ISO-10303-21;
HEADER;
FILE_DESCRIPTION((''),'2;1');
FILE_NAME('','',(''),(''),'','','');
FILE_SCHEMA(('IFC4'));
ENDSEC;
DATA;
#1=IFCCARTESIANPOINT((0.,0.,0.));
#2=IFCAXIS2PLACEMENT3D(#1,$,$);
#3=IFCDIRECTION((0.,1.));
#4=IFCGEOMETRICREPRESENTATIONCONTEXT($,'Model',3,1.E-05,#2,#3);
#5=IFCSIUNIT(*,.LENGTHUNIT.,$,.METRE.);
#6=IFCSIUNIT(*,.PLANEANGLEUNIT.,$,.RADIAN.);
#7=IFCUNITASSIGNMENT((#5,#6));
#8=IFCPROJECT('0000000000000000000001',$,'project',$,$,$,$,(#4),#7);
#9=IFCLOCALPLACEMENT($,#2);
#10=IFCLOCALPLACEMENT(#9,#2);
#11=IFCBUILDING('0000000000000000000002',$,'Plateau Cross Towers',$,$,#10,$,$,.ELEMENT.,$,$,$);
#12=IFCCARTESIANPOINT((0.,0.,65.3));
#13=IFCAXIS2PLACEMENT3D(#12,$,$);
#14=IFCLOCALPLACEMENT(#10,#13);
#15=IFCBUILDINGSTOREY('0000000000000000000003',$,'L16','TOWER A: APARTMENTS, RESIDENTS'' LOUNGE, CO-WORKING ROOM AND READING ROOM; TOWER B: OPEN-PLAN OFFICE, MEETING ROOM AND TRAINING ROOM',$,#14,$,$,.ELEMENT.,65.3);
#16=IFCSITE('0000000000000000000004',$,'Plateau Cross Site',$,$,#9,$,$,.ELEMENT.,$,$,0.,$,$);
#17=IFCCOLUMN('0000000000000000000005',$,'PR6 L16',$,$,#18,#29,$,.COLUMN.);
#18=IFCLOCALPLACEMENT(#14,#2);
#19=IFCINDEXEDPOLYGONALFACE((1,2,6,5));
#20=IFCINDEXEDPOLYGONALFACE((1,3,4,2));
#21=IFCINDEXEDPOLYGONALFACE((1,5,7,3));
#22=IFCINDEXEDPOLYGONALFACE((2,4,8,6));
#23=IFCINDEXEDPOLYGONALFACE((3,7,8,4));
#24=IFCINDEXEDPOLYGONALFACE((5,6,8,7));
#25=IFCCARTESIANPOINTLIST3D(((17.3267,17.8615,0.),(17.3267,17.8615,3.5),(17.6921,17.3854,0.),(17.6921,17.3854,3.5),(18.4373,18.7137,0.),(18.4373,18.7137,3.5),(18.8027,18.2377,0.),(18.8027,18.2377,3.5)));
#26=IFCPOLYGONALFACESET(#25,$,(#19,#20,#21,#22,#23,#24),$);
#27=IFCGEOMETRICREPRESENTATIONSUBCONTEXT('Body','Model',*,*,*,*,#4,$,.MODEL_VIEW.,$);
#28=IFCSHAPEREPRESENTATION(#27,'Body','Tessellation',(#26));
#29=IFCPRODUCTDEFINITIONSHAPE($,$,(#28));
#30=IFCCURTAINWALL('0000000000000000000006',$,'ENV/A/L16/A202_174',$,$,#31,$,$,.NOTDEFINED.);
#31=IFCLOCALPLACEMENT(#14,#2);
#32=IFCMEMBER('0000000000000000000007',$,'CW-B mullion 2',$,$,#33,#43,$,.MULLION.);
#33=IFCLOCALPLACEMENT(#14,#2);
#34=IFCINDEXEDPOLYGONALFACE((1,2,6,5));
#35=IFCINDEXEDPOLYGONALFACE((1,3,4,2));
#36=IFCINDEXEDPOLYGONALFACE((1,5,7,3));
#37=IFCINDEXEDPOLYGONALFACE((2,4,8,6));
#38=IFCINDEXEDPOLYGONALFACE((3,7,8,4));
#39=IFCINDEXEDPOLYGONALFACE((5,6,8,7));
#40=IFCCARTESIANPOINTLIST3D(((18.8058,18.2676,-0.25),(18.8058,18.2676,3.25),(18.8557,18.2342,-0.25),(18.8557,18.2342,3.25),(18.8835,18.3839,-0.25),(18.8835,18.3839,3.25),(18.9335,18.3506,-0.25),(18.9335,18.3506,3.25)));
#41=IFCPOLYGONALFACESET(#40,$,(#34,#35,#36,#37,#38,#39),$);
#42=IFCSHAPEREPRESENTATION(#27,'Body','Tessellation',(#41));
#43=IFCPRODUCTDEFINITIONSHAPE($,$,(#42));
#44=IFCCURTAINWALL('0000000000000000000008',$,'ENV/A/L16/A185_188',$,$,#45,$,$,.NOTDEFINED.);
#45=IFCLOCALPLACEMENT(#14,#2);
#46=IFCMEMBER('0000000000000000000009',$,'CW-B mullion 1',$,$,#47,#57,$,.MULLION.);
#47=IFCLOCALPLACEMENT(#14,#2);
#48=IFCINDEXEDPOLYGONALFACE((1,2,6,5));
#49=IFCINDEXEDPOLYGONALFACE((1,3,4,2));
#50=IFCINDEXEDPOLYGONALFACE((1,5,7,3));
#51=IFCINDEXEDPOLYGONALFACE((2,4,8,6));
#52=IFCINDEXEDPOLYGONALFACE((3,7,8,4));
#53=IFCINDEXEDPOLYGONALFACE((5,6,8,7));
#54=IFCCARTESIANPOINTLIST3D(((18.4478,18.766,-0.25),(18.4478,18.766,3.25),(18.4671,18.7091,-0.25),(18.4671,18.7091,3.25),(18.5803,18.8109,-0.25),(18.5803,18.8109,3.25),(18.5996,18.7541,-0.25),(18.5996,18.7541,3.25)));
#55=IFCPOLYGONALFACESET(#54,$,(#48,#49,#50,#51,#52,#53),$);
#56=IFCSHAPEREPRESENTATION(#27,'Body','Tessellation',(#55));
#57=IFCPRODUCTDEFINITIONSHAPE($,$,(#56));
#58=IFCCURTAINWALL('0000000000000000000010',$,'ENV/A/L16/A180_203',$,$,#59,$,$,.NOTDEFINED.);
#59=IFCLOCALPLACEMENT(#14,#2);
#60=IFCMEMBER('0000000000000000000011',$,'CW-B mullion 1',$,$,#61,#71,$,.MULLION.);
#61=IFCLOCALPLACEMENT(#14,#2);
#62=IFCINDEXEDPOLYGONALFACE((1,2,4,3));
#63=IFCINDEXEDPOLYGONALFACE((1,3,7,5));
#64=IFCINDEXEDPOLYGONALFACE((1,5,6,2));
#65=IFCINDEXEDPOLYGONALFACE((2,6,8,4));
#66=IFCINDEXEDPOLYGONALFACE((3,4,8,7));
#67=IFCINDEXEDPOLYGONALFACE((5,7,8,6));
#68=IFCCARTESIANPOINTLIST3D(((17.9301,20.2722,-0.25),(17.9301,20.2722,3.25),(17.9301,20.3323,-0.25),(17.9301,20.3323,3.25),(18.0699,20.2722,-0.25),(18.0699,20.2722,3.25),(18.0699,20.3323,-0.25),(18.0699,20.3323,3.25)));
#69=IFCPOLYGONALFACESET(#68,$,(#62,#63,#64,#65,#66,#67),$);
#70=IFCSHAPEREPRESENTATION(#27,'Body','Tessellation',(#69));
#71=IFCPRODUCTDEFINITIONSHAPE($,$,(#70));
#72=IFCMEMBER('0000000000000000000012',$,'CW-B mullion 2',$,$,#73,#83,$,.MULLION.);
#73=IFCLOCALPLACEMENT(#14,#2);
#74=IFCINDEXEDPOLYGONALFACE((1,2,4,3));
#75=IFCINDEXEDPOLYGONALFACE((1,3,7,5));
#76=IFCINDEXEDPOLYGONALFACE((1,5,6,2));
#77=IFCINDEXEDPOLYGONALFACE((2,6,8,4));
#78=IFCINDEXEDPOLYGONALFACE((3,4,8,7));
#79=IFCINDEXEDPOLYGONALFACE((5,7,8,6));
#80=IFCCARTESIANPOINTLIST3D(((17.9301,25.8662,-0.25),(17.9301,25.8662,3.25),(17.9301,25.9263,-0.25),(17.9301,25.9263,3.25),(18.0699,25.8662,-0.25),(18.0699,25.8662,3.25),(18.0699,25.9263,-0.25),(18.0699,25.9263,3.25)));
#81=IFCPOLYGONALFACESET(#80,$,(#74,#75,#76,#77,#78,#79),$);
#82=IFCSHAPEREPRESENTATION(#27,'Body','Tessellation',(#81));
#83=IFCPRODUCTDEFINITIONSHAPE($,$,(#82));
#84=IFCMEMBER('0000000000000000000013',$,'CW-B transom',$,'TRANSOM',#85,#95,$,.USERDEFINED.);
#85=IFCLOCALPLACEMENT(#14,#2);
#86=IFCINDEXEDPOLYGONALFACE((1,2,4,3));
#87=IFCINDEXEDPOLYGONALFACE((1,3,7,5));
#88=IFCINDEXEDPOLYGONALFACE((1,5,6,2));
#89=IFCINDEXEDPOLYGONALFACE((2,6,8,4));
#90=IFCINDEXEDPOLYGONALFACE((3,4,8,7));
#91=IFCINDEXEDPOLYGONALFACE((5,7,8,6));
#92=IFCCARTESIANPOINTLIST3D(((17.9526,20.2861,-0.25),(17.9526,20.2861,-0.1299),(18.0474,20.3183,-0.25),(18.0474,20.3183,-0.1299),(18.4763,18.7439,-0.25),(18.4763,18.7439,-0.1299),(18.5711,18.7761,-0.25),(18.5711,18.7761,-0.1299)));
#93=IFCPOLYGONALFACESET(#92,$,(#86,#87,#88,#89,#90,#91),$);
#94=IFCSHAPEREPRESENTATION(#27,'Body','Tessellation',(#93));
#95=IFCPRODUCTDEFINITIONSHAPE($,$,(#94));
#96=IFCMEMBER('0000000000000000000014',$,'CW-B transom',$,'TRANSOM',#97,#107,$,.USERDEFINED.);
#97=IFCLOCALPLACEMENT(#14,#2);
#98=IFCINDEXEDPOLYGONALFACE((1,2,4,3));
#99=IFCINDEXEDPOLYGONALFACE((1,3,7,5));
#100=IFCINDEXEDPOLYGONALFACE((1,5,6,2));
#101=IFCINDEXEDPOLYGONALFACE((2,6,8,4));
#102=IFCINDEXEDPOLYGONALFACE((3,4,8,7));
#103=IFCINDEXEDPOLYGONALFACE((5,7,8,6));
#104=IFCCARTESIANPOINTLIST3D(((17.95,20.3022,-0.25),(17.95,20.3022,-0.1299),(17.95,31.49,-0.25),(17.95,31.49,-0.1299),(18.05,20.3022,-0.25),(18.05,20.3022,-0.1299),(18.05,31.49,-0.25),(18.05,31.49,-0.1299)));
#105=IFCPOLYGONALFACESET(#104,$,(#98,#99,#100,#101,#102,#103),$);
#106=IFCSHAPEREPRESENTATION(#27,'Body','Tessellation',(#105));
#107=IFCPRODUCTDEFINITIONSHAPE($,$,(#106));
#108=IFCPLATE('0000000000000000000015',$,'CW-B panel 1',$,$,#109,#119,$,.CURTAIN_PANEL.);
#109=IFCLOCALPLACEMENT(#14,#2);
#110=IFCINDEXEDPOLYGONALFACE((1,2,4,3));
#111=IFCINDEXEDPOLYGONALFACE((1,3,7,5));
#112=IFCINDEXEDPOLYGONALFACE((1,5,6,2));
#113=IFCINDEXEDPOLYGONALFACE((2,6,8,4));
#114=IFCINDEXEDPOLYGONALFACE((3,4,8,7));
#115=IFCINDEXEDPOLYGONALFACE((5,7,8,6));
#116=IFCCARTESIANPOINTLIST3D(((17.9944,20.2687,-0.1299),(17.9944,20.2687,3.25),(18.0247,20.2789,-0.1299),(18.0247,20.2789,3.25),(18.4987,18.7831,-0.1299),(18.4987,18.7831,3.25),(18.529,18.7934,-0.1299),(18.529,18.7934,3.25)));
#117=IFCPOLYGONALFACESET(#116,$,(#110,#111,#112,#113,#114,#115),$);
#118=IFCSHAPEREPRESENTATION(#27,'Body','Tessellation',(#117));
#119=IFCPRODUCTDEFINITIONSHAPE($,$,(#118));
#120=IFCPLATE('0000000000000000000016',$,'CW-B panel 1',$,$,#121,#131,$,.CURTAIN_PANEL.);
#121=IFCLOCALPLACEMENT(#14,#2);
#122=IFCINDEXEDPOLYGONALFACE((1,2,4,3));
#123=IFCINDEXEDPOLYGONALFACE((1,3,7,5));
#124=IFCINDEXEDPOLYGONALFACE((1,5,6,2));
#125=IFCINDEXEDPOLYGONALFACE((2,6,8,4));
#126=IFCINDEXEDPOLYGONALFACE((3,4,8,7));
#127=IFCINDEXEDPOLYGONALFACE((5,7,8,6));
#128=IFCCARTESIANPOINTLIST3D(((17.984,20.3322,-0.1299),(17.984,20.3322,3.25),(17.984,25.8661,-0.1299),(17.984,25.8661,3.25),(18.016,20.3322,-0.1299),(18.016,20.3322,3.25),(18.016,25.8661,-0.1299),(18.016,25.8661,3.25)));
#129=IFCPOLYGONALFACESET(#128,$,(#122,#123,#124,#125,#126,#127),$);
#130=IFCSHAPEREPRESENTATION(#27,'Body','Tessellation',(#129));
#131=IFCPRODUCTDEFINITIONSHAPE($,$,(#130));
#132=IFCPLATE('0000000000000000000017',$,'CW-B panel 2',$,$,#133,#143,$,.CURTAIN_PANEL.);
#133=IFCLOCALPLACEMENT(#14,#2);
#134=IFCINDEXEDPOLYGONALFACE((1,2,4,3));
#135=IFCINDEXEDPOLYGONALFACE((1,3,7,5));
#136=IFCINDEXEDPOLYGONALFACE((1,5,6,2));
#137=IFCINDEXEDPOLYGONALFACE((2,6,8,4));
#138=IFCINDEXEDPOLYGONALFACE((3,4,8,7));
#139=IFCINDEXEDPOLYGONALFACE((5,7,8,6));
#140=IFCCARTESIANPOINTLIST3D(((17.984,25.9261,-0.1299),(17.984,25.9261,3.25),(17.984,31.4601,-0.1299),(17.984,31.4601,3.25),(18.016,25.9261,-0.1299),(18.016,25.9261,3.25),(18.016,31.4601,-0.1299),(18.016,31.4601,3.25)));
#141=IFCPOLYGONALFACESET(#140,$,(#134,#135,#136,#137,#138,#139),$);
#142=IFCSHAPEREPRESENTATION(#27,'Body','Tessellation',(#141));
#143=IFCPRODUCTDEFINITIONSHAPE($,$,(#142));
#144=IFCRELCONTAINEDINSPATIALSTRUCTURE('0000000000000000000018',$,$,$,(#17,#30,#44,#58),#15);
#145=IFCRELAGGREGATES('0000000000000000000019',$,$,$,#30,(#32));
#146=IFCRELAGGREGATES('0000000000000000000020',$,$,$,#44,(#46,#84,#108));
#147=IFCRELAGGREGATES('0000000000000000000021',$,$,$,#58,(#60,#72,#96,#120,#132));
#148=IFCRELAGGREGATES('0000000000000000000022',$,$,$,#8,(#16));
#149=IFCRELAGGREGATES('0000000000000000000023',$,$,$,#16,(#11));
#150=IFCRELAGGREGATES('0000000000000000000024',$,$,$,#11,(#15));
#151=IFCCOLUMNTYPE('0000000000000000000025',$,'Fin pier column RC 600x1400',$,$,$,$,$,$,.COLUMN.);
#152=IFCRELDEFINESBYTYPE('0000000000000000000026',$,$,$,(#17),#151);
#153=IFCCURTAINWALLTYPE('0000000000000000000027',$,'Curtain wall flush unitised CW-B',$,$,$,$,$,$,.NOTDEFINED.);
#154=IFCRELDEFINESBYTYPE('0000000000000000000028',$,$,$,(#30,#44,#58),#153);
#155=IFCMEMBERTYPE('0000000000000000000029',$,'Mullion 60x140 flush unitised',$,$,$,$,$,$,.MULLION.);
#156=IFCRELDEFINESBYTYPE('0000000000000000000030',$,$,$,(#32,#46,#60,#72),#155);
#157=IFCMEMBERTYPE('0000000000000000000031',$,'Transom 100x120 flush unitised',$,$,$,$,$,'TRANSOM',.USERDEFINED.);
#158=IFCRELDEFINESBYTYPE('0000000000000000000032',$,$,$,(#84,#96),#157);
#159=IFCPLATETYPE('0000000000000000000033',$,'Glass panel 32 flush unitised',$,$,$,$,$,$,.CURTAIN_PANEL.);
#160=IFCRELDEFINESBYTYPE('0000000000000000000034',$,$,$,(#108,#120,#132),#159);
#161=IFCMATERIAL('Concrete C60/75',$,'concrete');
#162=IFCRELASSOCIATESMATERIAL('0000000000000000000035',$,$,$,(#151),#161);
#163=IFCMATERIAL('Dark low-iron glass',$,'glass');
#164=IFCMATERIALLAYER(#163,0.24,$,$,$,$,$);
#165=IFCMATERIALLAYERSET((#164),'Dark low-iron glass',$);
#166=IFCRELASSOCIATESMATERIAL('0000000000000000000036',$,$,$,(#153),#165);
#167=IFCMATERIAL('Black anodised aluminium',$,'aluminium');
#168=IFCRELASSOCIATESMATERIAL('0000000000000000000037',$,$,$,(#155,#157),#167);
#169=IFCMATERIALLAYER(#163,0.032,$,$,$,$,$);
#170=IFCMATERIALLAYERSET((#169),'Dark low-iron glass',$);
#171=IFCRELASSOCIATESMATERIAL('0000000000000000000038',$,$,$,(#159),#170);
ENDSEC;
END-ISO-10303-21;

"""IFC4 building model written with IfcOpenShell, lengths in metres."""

from ifc_helpers import new_model, si_unit, direction, frame, origin, origin_2d, place, context, subcontext, project, spatial, rectangle, extrude, material, layer, layer_set, material_profile, profile_set, type_object, element, aggregate, save


model = new_model("IFC4")

# Units and contexts
model_context = context("Model", 3, precision=1e-05, world=origin(), true_north=direction((0.0, 1.0)))
body_context = subcontext(model_context, "Body", "Model", "MODEL_VIEW")
ifc_project = project(units=[si_unit("LENGTHUNIT", "METRE"), si_unit("PLANEANGLEUNIT", "RADIAN")], contexts=[model_context])

# Site, building, storey
site_placement = place(None, origin())
site = spatial("IfcSite", under=ifc_project, at=site_placement, Name="Plateau Cross Site", CompositionType="ELEMENT", RefElevation=0.0)
building_placement = place(site_placement, origin())
building = spatial("IfcBuilding", under=site, at=building_placement, Name="Plateau Cross Towers", CompositionType="ELEMENT")
storey_placement = place(building_placement, frame((0.0, 0.0, 65.3)))
storey = spatial("IfcBuildingStorey", under=building, at=storey_placement, Name="L16", Description="TOWER A: APARTMENTS, RESIDENTS' LOUNGE, CO-WORKING ROOM AND READING ROOM; TOWER B: OPEN-PLAN OFFICE, MEETING ROOM AND TRAINING ROOM", CompositionType="ELEMENT", Elevation=65.3)

# Column
ifc_material_1 = material(Name="Concrete C60/75", Category="concrete")
ifc_material_profile_1 = material_profile(ifc_material_1, rectangle(XDim=0.6001, YDim=1.3999, at=origin_2d()), Name="RC 600x1400")
ifc_profile_set_1 = profile_set([ifc_material_profile_1], Name="Concrete C60/75")
column_type = type_object("IfcColumnType", Name="Fin pier column RC 600x1400", PredefinedType="COLUMN", material=ifc_profile_set_1)
column_placement = place(storey_placement, frame((18.0647, 18.0496, 0.0), z_axis=(0.0, 0.0, 1.0), x_axis=(-0.608811, 0.793315, 0.0)))
element("IfcColumn", 1, at=column_placement, inside=storey, type_object=column_type, Name="PR6 L16", PredefinedType="COLUMN", context=body_context, shape_type="SweptSolid", body=[
    extrude(rectangle(XDim=0.6001, YDim=1.3999, at=origin_2d()), origin(), (0.0, 0.0, 1.0), 3.5),
])

# Curtain walls, members
ifc_material_2 = material(Name="Dark low-iron glass", Category="glass")
ifc_layer_1 = layer(ifc_material_2, 0.24)
ifc_layer_set_1 = layer_set([ifc_layer_1], Name="Dark low-iron glass")
curtain_wall_type = type_object("IfcCurtainWallType", Name="Curtain wall flush unitised CW-B", PredefinedType="NOTDEFINED", material=ifc_layer_set_1)
curtain_wall_1_placement = place(storey_placement, origin())
curtain_wall_1 = element("IfcCurtainWall", 2, at=curtain_wall_1_placement, inside=storey, type_object=curtain_wall_type, Name="ENV/A/L16/A202_174", PredefinedType="NOTDEFINED")
ifc_material_3 = material(Name="Black anodised aluminium", Category="aluminium")
ifc_material_profile_2 = material_profile(ifc_material_3, rectangle(XDim=0.0601, YDim=0.1399, at=origin_2d()), Name="MULLION 60x140")
ifc_profile_set_2 = profile_set([ifc_material_profile_2], Name="Black anodised aluminium")
member_type_1 = type_object("IfcMemberType", Name="Mullion 60x140 flush unitised", PredefinedType="MULLION", material=ifc_profile_set_2)
member_1_placement = place(storey_placement, frame((18.8696, 18.3091, -0.25), z_axis=(0.0, 0.0, 1.0), x_axis=(-0.831521, 0.555493, 0.0)))
member_1 = element("IfcMember", 3, at=member_1_placement, type_object=member_type_1, Name="CW-B mullion 2", PredefinedType="MULLION", context=body_context, shape_type="SweptSolid", body=[
    extrude(rectangle(XDim=0.0601, YDim=0.1399, at=origin_2d()), origin(), (0.0, 0.0, 1.0), 3.5),
])
aggregate(curtain_wall_1, [member_1])
curtain_wall_2_placement = place(storey_placement, origin())
curtain_wall_2 = element("IfcCurtainWall", 4, at=curtain_wall_2_placement, inside=storey, type_object=curtain_wall_type, Name="ENV/A/L16/A185_188", PredefinedType="NOTDEFINED")
member_2_placement = place(storey_placement, frame((18.5237, 18.76, -0.25), z_axis=(0.0, 0.0, 1.0), x_axis=(-0.321469, 0.94692, 0.0)))
member_2 = element("IfcMember", 5, at=member_2_placement, type_object=member_type_1, Name="CW-B mullion 1", PredefinedType="MULLION", context=body_context, shape_type="SweptSolid", body=[
    extrude(rectangle(XDim=0.0601, YDim=0.1399, at=origin_2d()), origin(), (0.0, 0.0, 1.0), 3.5),
])

# Curtain wall, members
curtain_wall_3_placement = place(storey_placement, origin())
curtain_wall_3 = element("IfcCurtainWall", 6, at=curtain_wall_3_placement, inside=storey, type_object=curtain_wall_type, Name="ENV/A/L16/A180_203", PredefinedType="NOTDEFINED")
member_3_placement = place(storey_placement, frame((18.0, 20.3022, -0.25), z_axis=(0.0, 0.0, 1.0), x_axis=(0.0, 1.0, 0.0)))
member_3 = element("IfcMember", 7, at=member_3_placement, type_object=member_type_1, Name="CW-B mullion 1", PredefinedType="MULLION", context=body_context, shape_type="SweptSolid", body=[
    extrude(rectangle(XDim=0.0601, YDim=0.1399, at=origin_2d()), origin(), (0.0, 0.0, 1.0), 3.5),
])
member_4_placement = place(storey_placement, frame((18.0, 25.8962, -0.25), z_axis=(0.0, 0.0, 1.0), x_axis=(0.0, 1.0, 0.0)))
member_4 = element("IfcMember", 8, at=member_4_placement, type_object=member_type_1, Name="CW-B mullion 2", PredefinedType="MULLION", context=body_context, shape_type="SweptSolid", body=[
    extrude(rectangle(XDim=0.0601, YDim=0.1399, at=origin_2d()), origin(), (0.0, 0.0, 1.0), 3.5),
])

# Members
ifc_material_profile_3 = material_profile(ifc_material_3, rectangle(XDim=0.1001, YDim=0.1201, at=origin_2d()), Name="TRANSOM 100x120")
ifc_profile_set_3 = profile_set([ifc_material_profile_3], Name="Black anodised aluminium")
member_type_2 = type_object("IfcMemberType", Name="Transom 100x120 flush unitised", ElementType="TRANSOM", PredefinedType="USERDEFINED", material=ifc_profile_set_3)
member_5_placement = place(storey_placement, frame((18.5237, 18.76, -0.1899), z_axis=(-0.321529, 0.9469, 0.0), x_axis=(-0.9469, -0.321529, 0.0)))
member_5 = element("IfcMember", 9, at=member_5_placement, type_object=member_type_2, Name="CW-B transom", ObjectType="TRANSOM", PredefinedType="USERDEFINED", context=body_context, shape_type="SweptSolid", body=[
    extrude(rectangle(XDim=0.1001, YDim=0.1201, at=origin_2d()), origin(), (0.0, 0.0, 1.0), 1.6287),
])
member_6_placement = place(storey_placement, frame((18.0, 20.3022, -0.1899), z_axis=(0.0, 1.0, 0.0), x_axis=(-1.0, 0.0, 0.0)))
member_6 = element("IfcMember", 10, at=member_6_placement, type_object=member_type_2, Name="CW-B transom", ObjectType="TRANSOM", PredefinedType="USERDEFINED", context=body_context, shape_type="SweptSolid", body=[
    extrude(rectangle(XDim=0.1001, YDim=0.1201, at=origin_2d()), origin(), (0.0, 0.0, 1.0), 11.1877),
])

# Plates
ifc_layer_2 = layer(ifc_material_2, 0.032)
ifc_layer_set_2 = layer_set([ifc_layer_2], Name="Dark low-iron glass")
plate_type = type_object("IfcPlateType", Name="Glass panel 32 flush unitised", PredefinedType="CURTAIN_PANEL", material=ifc_layer_set_2)
plate_1_placement = place(storey_placement, frame((18.2617, 19.531, -0.1299), z_axis=(0.0, 0.0, 1.0), x_axis=(-0.321469, 0.94692, 0.0)))
plate_1 = element("IfcPlate", 11, at=plate_1_placement, type_object=plate_type, Name="CW-B panel 1", PredefinedType="CURTAIN_PANEL", context=body_context, shape_type="SweptSolid", body=[
    extrude(rectangle(XDim=1.5688, YDim=0.032, at=origin_2d()), origin(), (0.0, 0.0, 1.0), 3.3799),
])
aggregate(curtain_wall_2, [member_2, member_5, plate_1])
plate_2_placement = place(storey_placement, frame((18.0, 23.0991, -0.1299), z_axis=(0.0, 0.0, 1.0), x_axis=(0.0, 1.0, 0.0)))
plate_2 = element("IfcPlate", 12, at=plate_2_placement, type_object=plate_type, Name="CW-B panel 1", PredefinedType="CURTAIN_PANEL", context=body_context, shape_type="SweptSolid", body=[
    extrude(rectangle(XDim=5.5339, YDim=0.032, at=origin_2d()), origin(), (0.0, 0.0, 1.0), 3.3799),
])
plate_3_placement = place(storey_placement, frame((18.0, 28.6931, -0.1299), z_axis=(0.0, 0.0, 1.0), x_axis=(0.0, 1.0, 0.0)))
plate_3 = element("IfcPlate", 13, at=plate_3_placement, type_object=plate_type, Name="CW-B panel 2", PredefinedType="CURTAIN_PANEL", context=body_context, shape_type="SweptSolid", body=[
    extrude(rectangle(XDim=5.5339, YDim=0.032, at=origin_2d()), origin(), (0.0, 0.0, 1.0), 3.3799),
])
aggregate(curtain_wall_3, [member_3, member_4, member_6, plate_2, plate_3])

save(model, "model.ifc")
